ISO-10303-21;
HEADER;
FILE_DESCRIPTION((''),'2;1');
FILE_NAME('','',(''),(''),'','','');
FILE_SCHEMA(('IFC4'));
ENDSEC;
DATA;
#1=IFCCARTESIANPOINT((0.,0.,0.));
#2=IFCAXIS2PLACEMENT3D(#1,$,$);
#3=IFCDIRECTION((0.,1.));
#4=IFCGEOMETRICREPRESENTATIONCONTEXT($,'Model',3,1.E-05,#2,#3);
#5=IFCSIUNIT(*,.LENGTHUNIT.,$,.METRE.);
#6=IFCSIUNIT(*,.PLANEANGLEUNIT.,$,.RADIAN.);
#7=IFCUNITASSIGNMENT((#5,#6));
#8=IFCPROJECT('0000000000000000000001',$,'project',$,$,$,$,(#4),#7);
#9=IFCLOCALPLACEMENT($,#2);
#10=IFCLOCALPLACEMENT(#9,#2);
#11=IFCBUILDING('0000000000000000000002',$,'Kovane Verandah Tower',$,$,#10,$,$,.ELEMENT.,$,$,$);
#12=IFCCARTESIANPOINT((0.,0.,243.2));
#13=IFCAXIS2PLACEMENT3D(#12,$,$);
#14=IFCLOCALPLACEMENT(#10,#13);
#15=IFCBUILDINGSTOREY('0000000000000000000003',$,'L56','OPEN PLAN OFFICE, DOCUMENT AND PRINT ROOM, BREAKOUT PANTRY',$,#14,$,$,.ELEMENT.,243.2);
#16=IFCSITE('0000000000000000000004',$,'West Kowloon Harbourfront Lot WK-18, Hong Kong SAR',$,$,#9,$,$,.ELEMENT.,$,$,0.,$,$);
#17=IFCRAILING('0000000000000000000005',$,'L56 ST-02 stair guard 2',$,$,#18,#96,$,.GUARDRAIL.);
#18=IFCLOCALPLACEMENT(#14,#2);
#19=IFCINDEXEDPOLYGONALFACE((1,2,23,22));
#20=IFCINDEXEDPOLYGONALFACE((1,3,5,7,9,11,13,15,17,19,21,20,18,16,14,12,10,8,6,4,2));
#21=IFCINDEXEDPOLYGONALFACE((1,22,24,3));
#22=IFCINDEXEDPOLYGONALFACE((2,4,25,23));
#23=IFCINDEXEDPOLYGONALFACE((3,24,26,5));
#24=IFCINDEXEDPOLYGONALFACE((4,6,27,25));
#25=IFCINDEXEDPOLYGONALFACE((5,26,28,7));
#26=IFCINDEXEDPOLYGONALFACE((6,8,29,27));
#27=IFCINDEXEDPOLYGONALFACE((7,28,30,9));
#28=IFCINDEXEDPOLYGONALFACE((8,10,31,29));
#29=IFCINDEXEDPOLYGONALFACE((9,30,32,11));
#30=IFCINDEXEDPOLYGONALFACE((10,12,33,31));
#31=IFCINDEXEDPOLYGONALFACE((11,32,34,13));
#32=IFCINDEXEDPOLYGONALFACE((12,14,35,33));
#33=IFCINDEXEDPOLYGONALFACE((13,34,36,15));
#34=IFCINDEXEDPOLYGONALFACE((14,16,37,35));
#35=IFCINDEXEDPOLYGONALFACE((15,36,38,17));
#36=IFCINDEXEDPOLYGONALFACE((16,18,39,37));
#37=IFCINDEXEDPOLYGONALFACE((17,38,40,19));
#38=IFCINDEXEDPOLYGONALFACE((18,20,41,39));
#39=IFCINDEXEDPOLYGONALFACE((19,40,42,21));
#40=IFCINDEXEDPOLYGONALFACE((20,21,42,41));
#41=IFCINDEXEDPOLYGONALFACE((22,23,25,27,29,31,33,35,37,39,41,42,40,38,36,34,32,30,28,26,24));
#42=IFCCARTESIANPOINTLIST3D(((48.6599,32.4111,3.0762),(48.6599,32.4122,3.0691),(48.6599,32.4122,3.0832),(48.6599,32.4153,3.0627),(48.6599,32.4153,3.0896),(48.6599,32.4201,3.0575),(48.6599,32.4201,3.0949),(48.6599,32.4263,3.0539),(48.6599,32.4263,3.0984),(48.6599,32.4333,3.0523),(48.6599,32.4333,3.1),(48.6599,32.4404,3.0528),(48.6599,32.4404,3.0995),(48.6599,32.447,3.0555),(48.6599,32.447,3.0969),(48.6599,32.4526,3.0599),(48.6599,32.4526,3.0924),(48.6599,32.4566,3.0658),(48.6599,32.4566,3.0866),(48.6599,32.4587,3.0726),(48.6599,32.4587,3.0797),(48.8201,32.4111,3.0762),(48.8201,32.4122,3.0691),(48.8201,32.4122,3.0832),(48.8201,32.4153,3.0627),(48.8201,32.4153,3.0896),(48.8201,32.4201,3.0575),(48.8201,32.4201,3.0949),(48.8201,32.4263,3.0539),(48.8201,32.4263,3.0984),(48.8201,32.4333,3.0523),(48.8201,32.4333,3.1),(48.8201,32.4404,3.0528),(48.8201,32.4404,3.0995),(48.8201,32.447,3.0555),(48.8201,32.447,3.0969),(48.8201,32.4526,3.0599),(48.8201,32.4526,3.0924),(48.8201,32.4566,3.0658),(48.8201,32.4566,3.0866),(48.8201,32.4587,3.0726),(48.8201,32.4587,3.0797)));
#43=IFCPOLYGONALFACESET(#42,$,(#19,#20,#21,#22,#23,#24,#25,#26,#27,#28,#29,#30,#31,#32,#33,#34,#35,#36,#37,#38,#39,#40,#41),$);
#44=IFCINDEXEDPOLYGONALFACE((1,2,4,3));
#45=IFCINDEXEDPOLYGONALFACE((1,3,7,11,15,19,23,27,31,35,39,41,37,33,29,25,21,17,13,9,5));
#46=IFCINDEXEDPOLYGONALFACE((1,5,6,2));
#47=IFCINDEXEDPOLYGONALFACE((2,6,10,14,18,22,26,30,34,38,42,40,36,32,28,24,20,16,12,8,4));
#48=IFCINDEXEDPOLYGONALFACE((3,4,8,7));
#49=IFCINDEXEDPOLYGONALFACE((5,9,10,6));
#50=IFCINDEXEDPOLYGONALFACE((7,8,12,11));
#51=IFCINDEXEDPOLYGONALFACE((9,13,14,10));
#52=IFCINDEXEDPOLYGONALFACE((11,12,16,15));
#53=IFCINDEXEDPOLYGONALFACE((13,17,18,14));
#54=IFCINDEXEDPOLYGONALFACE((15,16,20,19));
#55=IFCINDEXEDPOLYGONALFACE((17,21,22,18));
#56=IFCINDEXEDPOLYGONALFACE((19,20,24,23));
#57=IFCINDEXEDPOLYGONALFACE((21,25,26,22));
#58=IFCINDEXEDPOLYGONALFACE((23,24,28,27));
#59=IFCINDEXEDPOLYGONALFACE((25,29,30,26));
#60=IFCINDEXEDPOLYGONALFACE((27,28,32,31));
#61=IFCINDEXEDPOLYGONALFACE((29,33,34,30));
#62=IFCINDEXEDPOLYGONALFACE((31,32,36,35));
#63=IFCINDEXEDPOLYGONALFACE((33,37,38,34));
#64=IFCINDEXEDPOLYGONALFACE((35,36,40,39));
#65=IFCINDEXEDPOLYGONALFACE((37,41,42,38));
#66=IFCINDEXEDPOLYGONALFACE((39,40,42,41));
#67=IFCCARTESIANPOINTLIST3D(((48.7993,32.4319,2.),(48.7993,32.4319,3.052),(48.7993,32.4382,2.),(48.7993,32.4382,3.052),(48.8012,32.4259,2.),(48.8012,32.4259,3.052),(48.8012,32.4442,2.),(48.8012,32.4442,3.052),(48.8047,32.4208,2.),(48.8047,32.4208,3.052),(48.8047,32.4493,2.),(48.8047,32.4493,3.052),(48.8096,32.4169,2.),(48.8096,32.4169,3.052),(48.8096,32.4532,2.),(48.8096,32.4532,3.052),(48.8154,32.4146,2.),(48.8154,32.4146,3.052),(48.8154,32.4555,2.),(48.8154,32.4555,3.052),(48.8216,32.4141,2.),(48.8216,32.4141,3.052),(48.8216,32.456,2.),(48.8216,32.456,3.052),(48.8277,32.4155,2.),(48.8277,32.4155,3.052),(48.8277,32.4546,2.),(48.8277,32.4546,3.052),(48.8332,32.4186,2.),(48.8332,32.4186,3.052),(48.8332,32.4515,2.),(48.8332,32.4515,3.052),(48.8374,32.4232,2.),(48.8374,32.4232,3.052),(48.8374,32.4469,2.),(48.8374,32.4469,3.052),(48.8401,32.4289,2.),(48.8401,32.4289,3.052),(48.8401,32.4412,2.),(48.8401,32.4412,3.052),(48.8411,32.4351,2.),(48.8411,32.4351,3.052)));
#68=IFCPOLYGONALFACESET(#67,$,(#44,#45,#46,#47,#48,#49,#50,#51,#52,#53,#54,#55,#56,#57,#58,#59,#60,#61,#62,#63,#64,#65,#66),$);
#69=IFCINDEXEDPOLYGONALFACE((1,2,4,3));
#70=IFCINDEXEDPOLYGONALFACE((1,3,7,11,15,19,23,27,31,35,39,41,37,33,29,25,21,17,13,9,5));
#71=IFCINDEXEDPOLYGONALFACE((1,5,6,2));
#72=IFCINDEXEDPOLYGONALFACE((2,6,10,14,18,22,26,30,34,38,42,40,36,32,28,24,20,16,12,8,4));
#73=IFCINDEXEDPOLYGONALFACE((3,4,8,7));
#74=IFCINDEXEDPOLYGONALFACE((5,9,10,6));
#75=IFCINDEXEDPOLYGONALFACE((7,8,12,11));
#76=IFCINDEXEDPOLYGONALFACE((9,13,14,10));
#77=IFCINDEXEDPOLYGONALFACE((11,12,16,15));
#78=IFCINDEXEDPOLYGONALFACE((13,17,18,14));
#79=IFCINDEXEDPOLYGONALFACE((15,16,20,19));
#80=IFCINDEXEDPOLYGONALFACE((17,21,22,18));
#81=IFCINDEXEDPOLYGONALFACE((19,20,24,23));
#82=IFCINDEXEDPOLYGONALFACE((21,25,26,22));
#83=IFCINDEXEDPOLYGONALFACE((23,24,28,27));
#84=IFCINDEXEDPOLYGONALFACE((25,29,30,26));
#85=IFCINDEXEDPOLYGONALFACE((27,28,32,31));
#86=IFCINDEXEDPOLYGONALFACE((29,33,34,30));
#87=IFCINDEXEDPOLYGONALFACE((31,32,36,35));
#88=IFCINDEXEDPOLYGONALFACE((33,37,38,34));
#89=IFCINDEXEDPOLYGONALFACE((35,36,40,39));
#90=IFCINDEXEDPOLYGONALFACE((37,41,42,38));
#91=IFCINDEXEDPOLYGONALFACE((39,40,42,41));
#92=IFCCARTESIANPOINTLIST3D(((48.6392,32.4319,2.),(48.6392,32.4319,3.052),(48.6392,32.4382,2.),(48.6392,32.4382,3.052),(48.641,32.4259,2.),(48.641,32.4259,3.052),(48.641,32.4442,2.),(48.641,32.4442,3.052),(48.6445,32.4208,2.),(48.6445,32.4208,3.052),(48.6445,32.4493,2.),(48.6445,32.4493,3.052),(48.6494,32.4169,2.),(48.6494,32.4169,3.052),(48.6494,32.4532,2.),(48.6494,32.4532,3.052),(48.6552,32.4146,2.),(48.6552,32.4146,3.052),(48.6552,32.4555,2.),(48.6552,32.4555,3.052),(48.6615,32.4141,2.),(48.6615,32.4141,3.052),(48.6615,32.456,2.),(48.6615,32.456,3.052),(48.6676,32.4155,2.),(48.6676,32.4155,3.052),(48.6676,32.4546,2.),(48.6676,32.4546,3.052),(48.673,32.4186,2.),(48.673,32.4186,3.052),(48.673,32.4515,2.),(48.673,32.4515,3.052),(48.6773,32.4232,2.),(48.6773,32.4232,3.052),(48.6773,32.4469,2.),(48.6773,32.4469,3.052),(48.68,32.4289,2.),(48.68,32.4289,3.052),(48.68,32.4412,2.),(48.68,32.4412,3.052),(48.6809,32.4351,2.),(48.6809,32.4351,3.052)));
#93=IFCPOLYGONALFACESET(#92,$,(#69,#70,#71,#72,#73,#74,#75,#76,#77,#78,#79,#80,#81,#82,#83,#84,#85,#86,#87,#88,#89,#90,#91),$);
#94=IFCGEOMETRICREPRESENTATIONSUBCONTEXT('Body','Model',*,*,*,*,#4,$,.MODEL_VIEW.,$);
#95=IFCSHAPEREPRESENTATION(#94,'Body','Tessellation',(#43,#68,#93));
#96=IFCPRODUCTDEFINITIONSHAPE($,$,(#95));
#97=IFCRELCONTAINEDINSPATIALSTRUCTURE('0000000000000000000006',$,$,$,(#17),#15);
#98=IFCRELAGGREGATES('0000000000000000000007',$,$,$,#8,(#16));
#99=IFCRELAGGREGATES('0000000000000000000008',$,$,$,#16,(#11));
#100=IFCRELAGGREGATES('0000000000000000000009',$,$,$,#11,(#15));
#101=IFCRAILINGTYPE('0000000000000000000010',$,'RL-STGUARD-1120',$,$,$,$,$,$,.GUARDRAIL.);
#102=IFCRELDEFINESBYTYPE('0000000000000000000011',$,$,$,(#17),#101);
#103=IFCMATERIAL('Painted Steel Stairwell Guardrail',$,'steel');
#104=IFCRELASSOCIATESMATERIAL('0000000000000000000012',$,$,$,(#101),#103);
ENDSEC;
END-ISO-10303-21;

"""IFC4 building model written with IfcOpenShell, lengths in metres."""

from ifc_helpers import new_model, si_unit, direction, frame, origin, origin_2d, place, context, subcontext, project, spatial, circle, extrude, material, type_object, element, save


model = new_model("IFC4")

# Units and contexts
model_context = context("Model", 3, precision=1e-05, world=origin(), true_north=direction((0.0, 1.0)))
body_context = subcontext(model_context, "Body", "Model", "MODEL_VIEW")
ifc_project = project(units=[si_unit("LENGTHUNIT", "METRE"), si_unit("PLANEANGLEUNIT", "RADIAN")], contexts=[model_context])

# Site, building, storey
site_placement = place(None, origin())
site = spatial("IfcSite", under=ifc_project, at=site_placement, Name="West Kowloon Harbourfront Lot WK-18, Hong Kong SAR", CompositionType="ELEMENT", RefElevation=0.0)
building_placement = place(site_placement, origin())
building = spatial("IfcBuilding", under=site, at=building_placement, Name="Kovane Verandah Tower", CompositionType="ELEMENT")
storey_placement = place(building_placement, frame((0.0, 0.0, 243.2)))
storey = spatial("IfcBuildingStorey", under=building, at=storey_placement, Name="L56", Description="OPEN PLAN OFFICE, DOCUMENT AND PRINT ROOM, BREAKOUT PANTRY", CompositionType="ELEMENT", Elevation=243.2)

# Railing
ifc_material_1 = material(Name="Painted Steel Stairwell Guardrail", Category="steel")
railing_type_1 = type_object("IfcRailingType", Name="RL-STGUARD-1120", PredefinedType="GUARDRAIL", material=ifc_material_1)
railing_1_placement = place(storey_placement, frame((48.8201, 32.4351, 2.0)))
element("IfcRailing", 1, at=railing_1_placement, inside=storey, type_object=railing_type_1, Name="L56 ST-02 stair guard 2", PredefinedType="GUARDRAIL", context=body_context, shape_type="SweptSolid", body=[
    extrude(circle(Radius=0.0239, at=origin_2d()), frame((0.0, 0.0, 1.0762), z_axis=(-1.0, 0.0, 0.0), x_axis=(0.0, -1.0, 0.0)), (0.0, 0.0, 1.0), 0.1602),
    extrude(circle(Radius=0.021, at=origin_2d()), origin(), (0.0, 0.0, 1.0), 1.052),
    extrude(circle(Radius=0.021, at=origin_2d()), frame((-0.1602, 0.0, 0.0)), (0.0, 0.0, 1.0), 1.052),
])

save(model, "model.ifc")
